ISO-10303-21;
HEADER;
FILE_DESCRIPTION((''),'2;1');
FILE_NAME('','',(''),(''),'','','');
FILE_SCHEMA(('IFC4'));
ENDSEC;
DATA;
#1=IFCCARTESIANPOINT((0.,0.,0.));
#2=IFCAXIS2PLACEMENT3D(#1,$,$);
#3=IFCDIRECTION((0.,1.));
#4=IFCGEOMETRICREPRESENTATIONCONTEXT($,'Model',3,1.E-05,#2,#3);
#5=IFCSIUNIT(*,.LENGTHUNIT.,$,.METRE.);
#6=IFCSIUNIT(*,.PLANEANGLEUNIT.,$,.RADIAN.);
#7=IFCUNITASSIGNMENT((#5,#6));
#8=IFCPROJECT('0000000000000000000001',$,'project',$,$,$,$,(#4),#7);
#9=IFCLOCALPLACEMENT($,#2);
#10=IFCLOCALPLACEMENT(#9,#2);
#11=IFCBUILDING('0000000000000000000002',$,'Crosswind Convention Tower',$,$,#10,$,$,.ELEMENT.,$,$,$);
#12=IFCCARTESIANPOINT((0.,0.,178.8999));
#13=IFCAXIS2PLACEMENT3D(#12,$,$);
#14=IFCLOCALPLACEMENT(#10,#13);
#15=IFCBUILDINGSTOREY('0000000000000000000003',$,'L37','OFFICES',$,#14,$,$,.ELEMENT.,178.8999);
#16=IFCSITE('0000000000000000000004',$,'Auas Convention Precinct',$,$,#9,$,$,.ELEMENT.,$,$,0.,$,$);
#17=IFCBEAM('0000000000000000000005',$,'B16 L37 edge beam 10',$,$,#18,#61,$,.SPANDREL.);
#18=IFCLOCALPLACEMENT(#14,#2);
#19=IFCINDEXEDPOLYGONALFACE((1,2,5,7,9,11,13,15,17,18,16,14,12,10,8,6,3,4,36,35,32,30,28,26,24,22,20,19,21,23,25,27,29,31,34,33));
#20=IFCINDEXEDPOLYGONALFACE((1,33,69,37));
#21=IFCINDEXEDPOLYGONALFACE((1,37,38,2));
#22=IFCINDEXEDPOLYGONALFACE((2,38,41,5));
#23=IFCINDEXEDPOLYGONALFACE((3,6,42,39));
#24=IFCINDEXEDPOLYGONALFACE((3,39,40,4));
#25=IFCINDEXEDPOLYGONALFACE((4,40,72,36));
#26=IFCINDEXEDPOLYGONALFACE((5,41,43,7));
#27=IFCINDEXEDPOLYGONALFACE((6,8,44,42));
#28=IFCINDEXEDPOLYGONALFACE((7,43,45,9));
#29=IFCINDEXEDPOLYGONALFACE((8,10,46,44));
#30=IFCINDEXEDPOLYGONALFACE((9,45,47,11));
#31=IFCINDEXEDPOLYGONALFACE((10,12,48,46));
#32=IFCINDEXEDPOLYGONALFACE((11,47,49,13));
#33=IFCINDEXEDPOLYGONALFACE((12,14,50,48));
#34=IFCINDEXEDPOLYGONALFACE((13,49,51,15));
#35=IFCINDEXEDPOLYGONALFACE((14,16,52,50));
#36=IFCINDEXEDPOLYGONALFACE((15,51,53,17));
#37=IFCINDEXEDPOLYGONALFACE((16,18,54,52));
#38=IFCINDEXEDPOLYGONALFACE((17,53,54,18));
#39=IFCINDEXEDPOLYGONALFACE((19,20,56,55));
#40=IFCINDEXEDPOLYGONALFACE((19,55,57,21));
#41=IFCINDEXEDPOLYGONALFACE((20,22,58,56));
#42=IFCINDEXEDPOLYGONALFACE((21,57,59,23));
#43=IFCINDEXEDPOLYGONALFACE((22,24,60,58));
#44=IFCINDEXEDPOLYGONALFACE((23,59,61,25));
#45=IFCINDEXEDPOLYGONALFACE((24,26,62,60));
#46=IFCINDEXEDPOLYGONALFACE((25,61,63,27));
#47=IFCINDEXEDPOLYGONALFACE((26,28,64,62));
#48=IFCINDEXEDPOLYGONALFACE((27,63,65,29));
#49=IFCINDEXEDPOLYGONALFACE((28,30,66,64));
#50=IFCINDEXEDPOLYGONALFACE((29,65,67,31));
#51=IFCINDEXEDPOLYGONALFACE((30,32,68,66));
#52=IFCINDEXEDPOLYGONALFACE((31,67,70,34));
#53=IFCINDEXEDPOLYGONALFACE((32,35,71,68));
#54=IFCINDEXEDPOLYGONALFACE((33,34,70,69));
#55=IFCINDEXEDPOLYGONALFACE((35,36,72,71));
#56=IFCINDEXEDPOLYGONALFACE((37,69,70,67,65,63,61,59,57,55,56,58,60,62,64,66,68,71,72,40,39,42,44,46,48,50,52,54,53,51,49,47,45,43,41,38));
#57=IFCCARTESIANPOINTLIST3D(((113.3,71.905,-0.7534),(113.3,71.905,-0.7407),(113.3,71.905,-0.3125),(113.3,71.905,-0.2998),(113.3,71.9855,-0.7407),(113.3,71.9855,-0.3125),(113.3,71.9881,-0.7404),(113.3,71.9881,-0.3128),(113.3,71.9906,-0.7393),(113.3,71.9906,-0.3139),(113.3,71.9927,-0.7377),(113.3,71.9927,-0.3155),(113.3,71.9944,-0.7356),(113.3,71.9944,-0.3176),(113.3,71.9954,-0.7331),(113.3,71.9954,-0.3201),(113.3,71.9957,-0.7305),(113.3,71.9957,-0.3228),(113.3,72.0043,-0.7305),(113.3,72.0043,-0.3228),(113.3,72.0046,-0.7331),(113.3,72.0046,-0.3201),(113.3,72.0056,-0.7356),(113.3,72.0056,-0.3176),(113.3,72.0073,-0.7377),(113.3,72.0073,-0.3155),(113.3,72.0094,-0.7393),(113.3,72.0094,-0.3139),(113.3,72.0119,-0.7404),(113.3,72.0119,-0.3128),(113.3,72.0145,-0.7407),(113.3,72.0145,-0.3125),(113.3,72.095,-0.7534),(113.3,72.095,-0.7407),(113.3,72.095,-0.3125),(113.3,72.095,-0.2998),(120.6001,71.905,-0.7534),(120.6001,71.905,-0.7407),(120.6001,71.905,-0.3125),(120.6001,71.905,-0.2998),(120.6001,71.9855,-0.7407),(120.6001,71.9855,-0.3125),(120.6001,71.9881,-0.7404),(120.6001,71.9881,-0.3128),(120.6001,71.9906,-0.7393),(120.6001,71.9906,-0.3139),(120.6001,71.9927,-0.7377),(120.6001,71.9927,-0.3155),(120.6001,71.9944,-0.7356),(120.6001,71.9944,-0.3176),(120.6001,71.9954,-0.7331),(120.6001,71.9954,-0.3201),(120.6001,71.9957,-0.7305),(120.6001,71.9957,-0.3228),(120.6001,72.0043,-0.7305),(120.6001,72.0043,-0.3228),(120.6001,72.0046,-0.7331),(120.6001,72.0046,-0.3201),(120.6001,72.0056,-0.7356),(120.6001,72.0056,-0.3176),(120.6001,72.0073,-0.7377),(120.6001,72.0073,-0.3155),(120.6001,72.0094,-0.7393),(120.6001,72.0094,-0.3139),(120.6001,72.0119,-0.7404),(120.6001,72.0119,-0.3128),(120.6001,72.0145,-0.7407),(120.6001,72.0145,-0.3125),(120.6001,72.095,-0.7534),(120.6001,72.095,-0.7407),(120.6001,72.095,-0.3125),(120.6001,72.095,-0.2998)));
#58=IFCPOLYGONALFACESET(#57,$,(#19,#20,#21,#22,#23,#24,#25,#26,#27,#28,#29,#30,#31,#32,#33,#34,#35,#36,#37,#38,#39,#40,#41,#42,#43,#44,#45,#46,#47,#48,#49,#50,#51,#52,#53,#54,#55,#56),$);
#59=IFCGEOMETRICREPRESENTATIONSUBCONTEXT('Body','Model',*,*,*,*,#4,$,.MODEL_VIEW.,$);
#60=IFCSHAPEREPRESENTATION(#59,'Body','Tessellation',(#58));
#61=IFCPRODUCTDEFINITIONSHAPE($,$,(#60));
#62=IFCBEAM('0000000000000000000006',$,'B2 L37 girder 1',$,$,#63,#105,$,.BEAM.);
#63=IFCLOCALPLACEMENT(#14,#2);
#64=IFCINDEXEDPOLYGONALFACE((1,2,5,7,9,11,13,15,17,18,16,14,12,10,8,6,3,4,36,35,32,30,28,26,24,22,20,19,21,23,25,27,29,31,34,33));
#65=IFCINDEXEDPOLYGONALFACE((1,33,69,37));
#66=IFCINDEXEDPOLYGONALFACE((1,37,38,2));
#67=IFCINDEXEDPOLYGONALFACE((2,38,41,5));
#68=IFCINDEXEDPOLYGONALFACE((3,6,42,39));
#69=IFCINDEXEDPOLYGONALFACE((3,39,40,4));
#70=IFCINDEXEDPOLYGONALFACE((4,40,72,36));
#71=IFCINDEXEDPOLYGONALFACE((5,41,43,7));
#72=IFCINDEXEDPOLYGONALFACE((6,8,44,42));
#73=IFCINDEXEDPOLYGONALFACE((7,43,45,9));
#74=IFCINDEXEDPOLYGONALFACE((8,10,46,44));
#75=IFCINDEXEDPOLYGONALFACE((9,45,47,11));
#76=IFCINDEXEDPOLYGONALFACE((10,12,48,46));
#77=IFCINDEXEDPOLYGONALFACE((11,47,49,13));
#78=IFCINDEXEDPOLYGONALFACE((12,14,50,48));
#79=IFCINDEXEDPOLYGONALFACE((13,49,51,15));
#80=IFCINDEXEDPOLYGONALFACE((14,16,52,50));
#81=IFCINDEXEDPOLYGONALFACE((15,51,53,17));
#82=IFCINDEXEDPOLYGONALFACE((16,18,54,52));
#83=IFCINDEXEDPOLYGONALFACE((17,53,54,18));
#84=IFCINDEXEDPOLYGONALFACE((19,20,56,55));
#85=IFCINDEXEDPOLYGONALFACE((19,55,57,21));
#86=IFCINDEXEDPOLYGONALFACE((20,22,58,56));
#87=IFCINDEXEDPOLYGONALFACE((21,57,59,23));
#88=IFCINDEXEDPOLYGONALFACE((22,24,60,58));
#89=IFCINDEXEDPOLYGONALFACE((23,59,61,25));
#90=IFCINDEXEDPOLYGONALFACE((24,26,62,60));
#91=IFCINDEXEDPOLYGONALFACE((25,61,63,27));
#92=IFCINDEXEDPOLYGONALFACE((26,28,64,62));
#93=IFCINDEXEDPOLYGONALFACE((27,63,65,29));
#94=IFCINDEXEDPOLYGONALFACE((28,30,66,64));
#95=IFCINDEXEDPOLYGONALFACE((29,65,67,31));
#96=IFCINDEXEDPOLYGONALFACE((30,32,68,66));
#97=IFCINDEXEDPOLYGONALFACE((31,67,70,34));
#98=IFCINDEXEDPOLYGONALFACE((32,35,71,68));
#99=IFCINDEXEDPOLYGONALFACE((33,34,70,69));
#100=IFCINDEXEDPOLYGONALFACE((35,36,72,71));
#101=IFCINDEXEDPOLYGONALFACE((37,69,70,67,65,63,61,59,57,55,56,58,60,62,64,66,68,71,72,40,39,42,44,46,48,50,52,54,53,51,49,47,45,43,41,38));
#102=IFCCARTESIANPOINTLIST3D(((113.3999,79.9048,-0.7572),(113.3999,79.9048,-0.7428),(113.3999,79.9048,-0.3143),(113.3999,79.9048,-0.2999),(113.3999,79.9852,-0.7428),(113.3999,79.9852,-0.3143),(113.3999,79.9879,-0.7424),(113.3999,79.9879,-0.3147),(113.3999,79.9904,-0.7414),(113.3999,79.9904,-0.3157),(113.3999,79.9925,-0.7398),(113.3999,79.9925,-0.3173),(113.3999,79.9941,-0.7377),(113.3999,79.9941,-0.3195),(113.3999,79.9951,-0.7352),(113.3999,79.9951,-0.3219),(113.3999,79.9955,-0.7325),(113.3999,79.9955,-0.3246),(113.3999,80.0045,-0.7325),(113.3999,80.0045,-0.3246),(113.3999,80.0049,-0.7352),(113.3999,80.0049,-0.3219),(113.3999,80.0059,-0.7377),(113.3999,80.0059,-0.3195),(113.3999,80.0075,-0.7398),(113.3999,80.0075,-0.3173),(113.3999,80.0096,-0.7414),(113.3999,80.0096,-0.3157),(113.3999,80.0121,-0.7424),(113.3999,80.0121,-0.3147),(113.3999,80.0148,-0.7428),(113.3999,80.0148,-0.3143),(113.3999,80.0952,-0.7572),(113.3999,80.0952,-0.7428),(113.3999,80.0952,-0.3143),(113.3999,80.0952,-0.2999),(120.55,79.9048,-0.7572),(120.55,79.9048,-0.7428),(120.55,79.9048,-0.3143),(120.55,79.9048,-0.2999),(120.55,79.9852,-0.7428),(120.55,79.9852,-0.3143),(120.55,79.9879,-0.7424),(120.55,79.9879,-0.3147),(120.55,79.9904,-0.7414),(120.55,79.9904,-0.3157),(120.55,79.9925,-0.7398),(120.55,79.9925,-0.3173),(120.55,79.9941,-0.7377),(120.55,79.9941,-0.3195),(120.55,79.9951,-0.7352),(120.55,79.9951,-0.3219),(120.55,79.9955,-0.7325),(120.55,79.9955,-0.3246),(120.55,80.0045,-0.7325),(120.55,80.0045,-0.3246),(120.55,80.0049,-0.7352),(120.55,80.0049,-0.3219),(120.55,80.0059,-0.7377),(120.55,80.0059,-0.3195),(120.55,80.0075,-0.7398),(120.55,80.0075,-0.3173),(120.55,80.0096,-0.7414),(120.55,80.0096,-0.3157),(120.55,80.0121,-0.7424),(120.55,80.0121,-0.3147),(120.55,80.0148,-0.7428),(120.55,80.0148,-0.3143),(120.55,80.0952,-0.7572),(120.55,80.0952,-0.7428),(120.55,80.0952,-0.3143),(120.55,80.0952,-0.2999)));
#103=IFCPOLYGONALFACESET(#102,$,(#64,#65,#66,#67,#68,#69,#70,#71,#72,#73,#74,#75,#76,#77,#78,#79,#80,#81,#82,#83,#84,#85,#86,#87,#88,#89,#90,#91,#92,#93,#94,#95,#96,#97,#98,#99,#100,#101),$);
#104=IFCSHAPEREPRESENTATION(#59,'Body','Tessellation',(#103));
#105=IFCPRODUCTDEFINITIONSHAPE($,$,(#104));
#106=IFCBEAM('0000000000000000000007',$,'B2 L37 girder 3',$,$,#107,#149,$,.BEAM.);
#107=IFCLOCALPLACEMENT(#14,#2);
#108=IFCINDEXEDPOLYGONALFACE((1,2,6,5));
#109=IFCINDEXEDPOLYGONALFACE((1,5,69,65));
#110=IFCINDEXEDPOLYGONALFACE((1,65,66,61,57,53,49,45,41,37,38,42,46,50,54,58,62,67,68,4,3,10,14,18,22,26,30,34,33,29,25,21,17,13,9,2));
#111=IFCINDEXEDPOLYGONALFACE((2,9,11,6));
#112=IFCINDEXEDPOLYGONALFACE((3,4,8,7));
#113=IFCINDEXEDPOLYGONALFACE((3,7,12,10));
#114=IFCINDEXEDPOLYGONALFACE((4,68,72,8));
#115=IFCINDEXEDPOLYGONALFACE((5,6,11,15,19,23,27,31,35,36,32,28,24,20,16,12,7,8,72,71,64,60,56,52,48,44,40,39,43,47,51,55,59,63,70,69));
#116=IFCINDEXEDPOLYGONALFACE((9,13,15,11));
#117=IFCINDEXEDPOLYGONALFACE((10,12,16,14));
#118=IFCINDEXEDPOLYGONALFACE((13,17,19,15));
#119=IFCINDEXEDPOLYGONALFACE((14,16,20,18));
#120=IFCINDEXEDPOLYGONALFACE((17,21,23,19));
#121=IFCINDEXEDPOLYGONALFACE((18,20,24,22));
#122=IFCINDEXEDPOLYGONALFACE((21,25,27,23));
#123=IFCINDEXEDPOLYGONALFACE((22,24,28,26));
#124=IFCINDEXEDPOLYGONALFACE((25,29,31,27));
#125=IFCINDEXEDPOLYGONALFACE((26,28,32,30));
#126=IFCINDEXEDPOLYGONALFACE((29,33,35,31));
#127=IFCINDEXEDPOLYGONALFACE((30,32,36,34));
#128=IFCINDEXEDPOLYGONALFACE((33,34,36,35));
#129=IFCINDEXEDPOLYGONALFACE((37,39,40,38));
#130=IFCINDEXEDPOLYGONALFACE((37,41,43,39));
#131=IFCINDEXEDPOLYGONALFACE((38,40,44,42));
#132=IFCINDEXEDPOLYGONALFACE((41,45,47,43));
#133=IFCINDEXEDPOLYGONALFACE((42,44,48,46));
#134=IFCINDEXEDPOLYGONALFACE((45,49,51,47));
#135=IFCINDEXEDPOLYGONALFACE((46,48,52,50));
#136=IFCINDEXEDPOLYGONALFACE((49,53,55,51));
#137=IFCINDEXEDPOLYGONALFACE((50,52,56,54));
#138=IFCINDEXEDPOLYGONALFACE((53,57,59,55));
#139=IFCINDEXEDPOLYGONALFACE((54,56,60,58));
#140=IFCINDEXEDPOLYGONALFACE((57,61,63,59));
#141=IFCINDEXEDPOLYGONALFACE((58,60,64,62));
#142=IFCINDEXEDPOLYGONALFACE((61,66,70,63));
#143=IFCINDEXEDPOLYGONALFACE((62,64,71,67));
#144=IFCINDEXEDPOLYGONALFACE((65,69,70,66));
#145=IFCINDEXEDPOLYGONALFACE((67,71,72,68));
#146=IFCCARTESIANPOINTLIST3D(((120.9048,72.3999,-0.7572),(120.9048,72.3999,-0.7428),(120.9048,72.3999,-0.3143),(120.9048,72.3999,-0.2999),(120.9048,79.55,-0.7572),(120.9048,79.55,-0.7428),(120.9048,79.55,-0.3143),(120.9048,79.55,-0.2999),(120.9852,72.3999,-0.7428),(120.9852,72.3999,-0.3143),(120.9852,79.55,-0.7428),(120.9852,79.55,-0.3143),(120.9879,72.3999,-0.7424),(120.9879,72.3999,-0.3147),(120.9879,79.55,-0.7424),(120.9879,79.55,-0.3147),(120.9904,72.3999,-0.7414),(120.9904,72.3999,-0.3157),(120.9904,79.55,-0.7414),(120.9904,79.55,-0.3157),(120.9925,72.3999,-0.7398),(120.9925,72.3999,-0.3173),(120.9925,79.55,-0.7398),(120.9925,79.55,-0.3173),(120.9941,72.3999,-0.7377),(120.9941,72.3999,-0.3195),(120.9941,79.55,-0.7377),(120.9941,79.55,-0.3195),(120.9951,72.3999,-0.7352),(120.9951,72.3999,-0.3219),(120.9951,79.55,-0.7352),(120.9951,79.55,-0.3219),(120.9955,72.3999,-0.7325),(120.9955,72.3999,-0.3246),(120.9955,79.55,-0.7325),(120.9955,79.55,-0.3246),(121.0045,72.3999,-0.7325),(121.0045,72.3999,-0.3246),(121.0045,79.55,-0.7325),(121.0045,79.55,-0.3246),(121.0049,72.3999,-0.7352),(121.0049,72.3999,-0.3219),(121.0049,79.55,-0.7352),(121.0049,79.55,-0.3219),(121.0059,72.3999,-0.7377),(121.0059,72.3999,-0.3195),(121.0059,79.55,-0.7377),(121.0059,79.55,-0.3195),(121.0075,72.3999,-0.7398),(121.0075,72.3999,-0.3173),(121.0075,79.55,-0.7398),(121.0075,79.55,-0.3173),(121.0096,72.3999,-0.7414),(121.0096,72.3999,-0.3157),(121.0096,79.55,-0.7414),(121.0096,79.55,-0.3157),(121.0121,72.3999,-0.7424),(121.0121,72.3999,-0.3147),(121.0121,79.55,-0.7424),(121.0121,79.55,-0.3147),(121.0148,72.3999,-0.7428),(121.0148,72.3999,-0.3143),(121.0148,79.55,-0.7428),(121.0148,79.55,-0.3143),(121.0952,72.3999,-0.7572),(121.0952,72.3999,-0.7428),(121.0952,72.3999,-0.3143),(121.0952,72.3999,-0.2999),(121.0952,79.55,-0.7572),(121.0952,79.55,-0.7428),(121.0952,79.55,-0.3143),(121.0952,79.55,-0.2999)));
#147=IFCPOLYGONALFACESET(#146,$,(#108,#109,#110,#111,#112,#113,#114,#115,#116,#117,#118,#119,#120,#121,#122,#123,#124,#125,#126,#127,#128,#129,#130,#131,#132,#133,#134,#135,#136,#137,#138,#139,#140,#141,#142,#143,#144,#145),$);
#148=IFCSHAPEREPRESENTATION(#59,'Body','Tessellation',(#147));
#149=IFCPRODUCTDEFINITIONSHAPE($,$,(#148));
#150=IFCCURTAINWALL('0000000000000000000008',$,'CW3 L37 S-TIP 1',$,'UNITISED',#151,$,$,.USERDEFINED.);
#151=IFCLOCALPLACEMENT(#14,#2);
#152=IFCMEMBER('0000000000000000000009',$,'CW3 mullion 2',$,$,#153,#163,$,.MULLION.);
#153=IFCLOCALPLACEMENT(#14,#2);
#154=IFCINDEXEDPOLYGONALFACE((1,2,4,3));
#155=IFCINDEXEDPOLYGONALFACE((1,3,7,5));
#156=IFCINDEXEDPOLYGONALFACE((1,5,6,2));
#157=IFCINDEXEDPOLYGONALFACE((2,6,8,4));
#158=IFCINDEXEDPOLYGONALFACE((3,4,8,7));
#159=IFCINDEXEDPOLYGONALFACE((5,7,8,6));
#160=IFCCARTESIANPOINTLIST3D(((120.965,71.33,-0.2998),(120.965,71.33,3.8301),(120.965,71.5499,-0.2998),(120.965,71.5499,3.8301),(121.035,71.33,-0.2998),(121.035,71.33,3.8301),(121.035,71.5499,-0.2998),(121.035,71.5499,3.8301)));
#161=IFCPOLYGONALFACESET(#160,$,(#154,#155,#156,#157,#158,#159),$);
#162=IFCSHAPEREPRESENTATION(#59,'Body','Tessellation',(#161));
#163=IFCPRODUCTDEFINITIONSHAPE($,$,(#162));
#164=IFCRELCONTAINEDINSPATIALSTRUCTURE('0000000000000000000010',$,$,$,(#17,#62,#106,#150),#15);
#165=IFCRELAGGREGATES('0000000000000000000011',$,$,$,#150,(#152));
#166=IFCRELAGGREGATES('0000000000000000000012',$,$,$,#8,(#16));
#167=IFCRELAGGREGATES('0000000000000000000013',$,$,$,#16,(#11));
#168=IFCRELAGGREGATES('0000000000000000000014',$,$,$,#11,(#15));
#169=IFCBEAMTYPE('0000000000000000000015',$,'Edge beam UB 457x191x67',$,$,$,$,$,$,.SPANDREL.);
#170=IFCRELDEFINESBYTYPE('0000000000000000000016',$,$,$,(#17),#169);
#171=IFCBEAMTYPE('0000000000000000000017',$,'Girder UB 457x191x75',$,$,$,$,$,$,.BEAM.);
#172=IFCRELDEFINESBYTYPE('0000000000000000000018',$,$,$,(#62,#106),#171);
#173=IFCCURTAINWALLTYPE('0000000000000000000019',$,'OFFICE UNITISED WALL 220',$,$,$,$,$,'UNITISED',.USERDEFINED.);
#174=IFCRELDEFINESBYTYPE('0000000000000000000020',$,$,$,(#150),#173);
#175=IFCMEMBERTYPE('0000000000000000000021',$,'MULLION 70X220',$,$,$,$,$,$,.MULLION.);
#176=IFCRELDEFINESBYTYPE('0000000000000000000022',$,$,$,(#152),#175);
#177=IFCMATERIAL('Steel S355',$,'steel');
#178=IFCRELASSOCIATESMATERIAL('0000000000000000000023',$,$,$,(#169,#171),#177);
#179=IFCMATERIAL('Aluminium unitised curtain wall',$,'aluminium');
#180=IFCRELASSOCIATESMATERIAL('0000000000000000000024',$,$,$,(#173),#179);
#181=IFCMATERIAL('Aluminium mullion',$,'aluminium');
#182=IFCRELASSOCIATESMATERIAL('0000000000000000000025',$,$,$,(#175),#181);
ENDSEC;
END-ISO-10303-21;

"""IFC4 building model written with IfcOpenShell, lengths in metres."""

from ifc_helpers import new_model, si_unit, direction, frame, origin, origin_2d, place, context, subcontext, project, spatial, rectangle, i_section, extrude, material, material_profile, profile_set, type_object, element, aggregate, save


model = new_model("IFC4")

# Units and contexts
model_context = context("Model", 3, precision=1e-05, world=origin(), true_north=direction((0.0, 1.0)))
body_context = subcontext(model_context, "Body", "Model", "MODEL_VIEW")
ifc_project = project(units=[si_unit("LENGTHUNIT", "METRE"), si_unit("PLANEANGLEUNIT", "RADIAN")], contexts=[model_context])

# Site, building, storey
site_placement = place(None, origin())
site = spatial("IfcSite", under=ifc_project, at=site_placement, Name="Auas Convention Precinct", CompositionType="ELEMENT", RefElevation=0.0)
building_placement = place(site_placement, origin())
building = spatial("IfcBuilding", under=site, at=building_placement, Name="Crosswind Convention Tower", CompositionType="ELEMENT")
storey_placement = place(building_placement, frame((0.0, 0.0, 178.8999)))
storey = spatial("IfcBuildingStorey", under=building, at=storey_placement, Name="L37", Description="OFFICES", CompositionType="ELEMENT", Elevation=178.8999)

# Beams
ifc_material_1 = material(Name="Steel S355", Category="steel")
ifc_material_profile_1 = material_profile(ifc_material_1, i_section(OverallWidth=0.1899, OverallDepth=0.4536, WebThickness=0.0085, FlangeThickness=0.0127, FilletRadius=0.0103, at=origin_2d()), Name="UB 457x191x67")
ifc_profile_set_1 = profile_set([ifc_material_profile_1], Name="Steel S355")
beam_type_1 = type_object("IfcBeamType", Name="Edge beam UB 457x191x67", PredefinedType="SPANDREL", material=ifc_profile_set_1)
beam_1_placement = place(storey_placement, frame((113.3, 72.0, -0.5266), z_axis=(1.0, 0.0, 0.0), x_axis=(0.0, 1.0, 0.0)))
element("IfcBeam", 1, at=beam_1_placement, inside=storey, type_object=beam_type_1, Name="B16 L37 edge beam 10", PredefinedType="SPANDREL", context=body_context, shape_type="SweptSolid", body=[
    extrude(i_section(OverallWidth=0.1899, OverallDepth=0.4536, WebThickness=0.0085, FlangeThickness=0.0127, FilletRadius=0.0103, at=origin_2d()), origin(), (0.0, 0.0, 1.0), 7.3),
])
ifc_material_profile_2 = material_profile(ifc_material_1, i_section(OverallWidth=0.1904, OverallDepth=0.4573, WebThickness=0.009, FlangeThickness=0.0144, FilletRadius=0.0103, at=origin_2d()), Name="UB 457x191x75")
ifc_profile_set_2 = profile_set([ifc_material_profile_2], Name="Steel S355")
beam_type_2 = type_object("IfcBeamType", Name="Girder UB 457x191x75", PredefinedType="BEAM", material=ifc_profile_set_2)
for number, where, z_axis, x_axis, name in (
    (2, (113.3999, 80.0, -0.5286), (1.0, 0.0, 0.0), (0.0, 1.0, 0.0), "B2 L37 girder 1"),
    (3, (121.0, 72.3999, -0.5286), (0.0, 1.0, 0.0), (-1.0, 0.0, 0.0), "B2 L37 girder 3"),
):
    element("IfcBeam", number, at=place(storey_placement, frame(where, z_axis=z_axis, x_axis=x_axis)), inside=storey, type_object=beam_type_2, Name=name, PredefinedType="BEAM", context=body_context, shape_type="SweptSolid", body=[
        extrude(i_section(OverallWidth=0.1904, OverallDepth=0.4573, WebThickness=0.009, FlangeThickness=0.0144, FilletRadius=0.0103, at=origin_2d()), origin(), (0.0, 0.0, 1.0), 7.1501),
    ])

# Curtain wall, member
ifc_material_2 = material(Name="Aluminium unitised curtain wall", Category="aluminium")
curtain_wall_type = type_object("IfcCurtainWallType", Name="OFFICE UNITISED WALL 220", ElementType="UNITISED", PredefinedType="USERDEFINED", material=ifc_material_2)
curtain_wall_placement = place(storey_placement, origin())
curtain_wall = element("IfcCurtainWall", 4, at=curtain_wall_placement, inside=storey, type_object=curtain_wall_type, Name="CW3 L37 S-TIP 1", ObjectType="UNITISED", PredefinedType="USERDEFINED")
ifc_material_3 = material(Name="Aluminium mullion", Category="aluminium")
ifc_material_profile_3 = material_profile(ifc_material_3, rectangle(XDim=0.22, YDim=0.0701, at=origin_2d()), Name="AL 220X70")
ifc_profile_set_3 = profile_set([ifc_material_profile_3], Name="Aluminium mullion")
member_type_1 = type_object("IfcMemberType", Name="MULLION 70X220", PredefinedType="MULLION", material=ifc_profile_set_3)
member_1_placement = place(storey_placement, frame((121.0, 71.4399, -0.2998), z_axis=(0.0, 0.0, 1.0), x_axis=(0.0, -1.0, 0.0)))
member_1 = element("IfcMember", 5, at=member_1_placement, type_object=member_type_1, Name="CW3 mullion 2", PredefinedType="MULLION", context=body_context, shape_type="SweptSolid", body=[
    extrude(rectangle(XDim=0.22, YDim=0.0701, at=origin_2d()), origin(), (0.0, 0.0, 1.0), 4.1299),
])

aggregate(curtain_wall, [member_1])

save(model, "model.ifc")
